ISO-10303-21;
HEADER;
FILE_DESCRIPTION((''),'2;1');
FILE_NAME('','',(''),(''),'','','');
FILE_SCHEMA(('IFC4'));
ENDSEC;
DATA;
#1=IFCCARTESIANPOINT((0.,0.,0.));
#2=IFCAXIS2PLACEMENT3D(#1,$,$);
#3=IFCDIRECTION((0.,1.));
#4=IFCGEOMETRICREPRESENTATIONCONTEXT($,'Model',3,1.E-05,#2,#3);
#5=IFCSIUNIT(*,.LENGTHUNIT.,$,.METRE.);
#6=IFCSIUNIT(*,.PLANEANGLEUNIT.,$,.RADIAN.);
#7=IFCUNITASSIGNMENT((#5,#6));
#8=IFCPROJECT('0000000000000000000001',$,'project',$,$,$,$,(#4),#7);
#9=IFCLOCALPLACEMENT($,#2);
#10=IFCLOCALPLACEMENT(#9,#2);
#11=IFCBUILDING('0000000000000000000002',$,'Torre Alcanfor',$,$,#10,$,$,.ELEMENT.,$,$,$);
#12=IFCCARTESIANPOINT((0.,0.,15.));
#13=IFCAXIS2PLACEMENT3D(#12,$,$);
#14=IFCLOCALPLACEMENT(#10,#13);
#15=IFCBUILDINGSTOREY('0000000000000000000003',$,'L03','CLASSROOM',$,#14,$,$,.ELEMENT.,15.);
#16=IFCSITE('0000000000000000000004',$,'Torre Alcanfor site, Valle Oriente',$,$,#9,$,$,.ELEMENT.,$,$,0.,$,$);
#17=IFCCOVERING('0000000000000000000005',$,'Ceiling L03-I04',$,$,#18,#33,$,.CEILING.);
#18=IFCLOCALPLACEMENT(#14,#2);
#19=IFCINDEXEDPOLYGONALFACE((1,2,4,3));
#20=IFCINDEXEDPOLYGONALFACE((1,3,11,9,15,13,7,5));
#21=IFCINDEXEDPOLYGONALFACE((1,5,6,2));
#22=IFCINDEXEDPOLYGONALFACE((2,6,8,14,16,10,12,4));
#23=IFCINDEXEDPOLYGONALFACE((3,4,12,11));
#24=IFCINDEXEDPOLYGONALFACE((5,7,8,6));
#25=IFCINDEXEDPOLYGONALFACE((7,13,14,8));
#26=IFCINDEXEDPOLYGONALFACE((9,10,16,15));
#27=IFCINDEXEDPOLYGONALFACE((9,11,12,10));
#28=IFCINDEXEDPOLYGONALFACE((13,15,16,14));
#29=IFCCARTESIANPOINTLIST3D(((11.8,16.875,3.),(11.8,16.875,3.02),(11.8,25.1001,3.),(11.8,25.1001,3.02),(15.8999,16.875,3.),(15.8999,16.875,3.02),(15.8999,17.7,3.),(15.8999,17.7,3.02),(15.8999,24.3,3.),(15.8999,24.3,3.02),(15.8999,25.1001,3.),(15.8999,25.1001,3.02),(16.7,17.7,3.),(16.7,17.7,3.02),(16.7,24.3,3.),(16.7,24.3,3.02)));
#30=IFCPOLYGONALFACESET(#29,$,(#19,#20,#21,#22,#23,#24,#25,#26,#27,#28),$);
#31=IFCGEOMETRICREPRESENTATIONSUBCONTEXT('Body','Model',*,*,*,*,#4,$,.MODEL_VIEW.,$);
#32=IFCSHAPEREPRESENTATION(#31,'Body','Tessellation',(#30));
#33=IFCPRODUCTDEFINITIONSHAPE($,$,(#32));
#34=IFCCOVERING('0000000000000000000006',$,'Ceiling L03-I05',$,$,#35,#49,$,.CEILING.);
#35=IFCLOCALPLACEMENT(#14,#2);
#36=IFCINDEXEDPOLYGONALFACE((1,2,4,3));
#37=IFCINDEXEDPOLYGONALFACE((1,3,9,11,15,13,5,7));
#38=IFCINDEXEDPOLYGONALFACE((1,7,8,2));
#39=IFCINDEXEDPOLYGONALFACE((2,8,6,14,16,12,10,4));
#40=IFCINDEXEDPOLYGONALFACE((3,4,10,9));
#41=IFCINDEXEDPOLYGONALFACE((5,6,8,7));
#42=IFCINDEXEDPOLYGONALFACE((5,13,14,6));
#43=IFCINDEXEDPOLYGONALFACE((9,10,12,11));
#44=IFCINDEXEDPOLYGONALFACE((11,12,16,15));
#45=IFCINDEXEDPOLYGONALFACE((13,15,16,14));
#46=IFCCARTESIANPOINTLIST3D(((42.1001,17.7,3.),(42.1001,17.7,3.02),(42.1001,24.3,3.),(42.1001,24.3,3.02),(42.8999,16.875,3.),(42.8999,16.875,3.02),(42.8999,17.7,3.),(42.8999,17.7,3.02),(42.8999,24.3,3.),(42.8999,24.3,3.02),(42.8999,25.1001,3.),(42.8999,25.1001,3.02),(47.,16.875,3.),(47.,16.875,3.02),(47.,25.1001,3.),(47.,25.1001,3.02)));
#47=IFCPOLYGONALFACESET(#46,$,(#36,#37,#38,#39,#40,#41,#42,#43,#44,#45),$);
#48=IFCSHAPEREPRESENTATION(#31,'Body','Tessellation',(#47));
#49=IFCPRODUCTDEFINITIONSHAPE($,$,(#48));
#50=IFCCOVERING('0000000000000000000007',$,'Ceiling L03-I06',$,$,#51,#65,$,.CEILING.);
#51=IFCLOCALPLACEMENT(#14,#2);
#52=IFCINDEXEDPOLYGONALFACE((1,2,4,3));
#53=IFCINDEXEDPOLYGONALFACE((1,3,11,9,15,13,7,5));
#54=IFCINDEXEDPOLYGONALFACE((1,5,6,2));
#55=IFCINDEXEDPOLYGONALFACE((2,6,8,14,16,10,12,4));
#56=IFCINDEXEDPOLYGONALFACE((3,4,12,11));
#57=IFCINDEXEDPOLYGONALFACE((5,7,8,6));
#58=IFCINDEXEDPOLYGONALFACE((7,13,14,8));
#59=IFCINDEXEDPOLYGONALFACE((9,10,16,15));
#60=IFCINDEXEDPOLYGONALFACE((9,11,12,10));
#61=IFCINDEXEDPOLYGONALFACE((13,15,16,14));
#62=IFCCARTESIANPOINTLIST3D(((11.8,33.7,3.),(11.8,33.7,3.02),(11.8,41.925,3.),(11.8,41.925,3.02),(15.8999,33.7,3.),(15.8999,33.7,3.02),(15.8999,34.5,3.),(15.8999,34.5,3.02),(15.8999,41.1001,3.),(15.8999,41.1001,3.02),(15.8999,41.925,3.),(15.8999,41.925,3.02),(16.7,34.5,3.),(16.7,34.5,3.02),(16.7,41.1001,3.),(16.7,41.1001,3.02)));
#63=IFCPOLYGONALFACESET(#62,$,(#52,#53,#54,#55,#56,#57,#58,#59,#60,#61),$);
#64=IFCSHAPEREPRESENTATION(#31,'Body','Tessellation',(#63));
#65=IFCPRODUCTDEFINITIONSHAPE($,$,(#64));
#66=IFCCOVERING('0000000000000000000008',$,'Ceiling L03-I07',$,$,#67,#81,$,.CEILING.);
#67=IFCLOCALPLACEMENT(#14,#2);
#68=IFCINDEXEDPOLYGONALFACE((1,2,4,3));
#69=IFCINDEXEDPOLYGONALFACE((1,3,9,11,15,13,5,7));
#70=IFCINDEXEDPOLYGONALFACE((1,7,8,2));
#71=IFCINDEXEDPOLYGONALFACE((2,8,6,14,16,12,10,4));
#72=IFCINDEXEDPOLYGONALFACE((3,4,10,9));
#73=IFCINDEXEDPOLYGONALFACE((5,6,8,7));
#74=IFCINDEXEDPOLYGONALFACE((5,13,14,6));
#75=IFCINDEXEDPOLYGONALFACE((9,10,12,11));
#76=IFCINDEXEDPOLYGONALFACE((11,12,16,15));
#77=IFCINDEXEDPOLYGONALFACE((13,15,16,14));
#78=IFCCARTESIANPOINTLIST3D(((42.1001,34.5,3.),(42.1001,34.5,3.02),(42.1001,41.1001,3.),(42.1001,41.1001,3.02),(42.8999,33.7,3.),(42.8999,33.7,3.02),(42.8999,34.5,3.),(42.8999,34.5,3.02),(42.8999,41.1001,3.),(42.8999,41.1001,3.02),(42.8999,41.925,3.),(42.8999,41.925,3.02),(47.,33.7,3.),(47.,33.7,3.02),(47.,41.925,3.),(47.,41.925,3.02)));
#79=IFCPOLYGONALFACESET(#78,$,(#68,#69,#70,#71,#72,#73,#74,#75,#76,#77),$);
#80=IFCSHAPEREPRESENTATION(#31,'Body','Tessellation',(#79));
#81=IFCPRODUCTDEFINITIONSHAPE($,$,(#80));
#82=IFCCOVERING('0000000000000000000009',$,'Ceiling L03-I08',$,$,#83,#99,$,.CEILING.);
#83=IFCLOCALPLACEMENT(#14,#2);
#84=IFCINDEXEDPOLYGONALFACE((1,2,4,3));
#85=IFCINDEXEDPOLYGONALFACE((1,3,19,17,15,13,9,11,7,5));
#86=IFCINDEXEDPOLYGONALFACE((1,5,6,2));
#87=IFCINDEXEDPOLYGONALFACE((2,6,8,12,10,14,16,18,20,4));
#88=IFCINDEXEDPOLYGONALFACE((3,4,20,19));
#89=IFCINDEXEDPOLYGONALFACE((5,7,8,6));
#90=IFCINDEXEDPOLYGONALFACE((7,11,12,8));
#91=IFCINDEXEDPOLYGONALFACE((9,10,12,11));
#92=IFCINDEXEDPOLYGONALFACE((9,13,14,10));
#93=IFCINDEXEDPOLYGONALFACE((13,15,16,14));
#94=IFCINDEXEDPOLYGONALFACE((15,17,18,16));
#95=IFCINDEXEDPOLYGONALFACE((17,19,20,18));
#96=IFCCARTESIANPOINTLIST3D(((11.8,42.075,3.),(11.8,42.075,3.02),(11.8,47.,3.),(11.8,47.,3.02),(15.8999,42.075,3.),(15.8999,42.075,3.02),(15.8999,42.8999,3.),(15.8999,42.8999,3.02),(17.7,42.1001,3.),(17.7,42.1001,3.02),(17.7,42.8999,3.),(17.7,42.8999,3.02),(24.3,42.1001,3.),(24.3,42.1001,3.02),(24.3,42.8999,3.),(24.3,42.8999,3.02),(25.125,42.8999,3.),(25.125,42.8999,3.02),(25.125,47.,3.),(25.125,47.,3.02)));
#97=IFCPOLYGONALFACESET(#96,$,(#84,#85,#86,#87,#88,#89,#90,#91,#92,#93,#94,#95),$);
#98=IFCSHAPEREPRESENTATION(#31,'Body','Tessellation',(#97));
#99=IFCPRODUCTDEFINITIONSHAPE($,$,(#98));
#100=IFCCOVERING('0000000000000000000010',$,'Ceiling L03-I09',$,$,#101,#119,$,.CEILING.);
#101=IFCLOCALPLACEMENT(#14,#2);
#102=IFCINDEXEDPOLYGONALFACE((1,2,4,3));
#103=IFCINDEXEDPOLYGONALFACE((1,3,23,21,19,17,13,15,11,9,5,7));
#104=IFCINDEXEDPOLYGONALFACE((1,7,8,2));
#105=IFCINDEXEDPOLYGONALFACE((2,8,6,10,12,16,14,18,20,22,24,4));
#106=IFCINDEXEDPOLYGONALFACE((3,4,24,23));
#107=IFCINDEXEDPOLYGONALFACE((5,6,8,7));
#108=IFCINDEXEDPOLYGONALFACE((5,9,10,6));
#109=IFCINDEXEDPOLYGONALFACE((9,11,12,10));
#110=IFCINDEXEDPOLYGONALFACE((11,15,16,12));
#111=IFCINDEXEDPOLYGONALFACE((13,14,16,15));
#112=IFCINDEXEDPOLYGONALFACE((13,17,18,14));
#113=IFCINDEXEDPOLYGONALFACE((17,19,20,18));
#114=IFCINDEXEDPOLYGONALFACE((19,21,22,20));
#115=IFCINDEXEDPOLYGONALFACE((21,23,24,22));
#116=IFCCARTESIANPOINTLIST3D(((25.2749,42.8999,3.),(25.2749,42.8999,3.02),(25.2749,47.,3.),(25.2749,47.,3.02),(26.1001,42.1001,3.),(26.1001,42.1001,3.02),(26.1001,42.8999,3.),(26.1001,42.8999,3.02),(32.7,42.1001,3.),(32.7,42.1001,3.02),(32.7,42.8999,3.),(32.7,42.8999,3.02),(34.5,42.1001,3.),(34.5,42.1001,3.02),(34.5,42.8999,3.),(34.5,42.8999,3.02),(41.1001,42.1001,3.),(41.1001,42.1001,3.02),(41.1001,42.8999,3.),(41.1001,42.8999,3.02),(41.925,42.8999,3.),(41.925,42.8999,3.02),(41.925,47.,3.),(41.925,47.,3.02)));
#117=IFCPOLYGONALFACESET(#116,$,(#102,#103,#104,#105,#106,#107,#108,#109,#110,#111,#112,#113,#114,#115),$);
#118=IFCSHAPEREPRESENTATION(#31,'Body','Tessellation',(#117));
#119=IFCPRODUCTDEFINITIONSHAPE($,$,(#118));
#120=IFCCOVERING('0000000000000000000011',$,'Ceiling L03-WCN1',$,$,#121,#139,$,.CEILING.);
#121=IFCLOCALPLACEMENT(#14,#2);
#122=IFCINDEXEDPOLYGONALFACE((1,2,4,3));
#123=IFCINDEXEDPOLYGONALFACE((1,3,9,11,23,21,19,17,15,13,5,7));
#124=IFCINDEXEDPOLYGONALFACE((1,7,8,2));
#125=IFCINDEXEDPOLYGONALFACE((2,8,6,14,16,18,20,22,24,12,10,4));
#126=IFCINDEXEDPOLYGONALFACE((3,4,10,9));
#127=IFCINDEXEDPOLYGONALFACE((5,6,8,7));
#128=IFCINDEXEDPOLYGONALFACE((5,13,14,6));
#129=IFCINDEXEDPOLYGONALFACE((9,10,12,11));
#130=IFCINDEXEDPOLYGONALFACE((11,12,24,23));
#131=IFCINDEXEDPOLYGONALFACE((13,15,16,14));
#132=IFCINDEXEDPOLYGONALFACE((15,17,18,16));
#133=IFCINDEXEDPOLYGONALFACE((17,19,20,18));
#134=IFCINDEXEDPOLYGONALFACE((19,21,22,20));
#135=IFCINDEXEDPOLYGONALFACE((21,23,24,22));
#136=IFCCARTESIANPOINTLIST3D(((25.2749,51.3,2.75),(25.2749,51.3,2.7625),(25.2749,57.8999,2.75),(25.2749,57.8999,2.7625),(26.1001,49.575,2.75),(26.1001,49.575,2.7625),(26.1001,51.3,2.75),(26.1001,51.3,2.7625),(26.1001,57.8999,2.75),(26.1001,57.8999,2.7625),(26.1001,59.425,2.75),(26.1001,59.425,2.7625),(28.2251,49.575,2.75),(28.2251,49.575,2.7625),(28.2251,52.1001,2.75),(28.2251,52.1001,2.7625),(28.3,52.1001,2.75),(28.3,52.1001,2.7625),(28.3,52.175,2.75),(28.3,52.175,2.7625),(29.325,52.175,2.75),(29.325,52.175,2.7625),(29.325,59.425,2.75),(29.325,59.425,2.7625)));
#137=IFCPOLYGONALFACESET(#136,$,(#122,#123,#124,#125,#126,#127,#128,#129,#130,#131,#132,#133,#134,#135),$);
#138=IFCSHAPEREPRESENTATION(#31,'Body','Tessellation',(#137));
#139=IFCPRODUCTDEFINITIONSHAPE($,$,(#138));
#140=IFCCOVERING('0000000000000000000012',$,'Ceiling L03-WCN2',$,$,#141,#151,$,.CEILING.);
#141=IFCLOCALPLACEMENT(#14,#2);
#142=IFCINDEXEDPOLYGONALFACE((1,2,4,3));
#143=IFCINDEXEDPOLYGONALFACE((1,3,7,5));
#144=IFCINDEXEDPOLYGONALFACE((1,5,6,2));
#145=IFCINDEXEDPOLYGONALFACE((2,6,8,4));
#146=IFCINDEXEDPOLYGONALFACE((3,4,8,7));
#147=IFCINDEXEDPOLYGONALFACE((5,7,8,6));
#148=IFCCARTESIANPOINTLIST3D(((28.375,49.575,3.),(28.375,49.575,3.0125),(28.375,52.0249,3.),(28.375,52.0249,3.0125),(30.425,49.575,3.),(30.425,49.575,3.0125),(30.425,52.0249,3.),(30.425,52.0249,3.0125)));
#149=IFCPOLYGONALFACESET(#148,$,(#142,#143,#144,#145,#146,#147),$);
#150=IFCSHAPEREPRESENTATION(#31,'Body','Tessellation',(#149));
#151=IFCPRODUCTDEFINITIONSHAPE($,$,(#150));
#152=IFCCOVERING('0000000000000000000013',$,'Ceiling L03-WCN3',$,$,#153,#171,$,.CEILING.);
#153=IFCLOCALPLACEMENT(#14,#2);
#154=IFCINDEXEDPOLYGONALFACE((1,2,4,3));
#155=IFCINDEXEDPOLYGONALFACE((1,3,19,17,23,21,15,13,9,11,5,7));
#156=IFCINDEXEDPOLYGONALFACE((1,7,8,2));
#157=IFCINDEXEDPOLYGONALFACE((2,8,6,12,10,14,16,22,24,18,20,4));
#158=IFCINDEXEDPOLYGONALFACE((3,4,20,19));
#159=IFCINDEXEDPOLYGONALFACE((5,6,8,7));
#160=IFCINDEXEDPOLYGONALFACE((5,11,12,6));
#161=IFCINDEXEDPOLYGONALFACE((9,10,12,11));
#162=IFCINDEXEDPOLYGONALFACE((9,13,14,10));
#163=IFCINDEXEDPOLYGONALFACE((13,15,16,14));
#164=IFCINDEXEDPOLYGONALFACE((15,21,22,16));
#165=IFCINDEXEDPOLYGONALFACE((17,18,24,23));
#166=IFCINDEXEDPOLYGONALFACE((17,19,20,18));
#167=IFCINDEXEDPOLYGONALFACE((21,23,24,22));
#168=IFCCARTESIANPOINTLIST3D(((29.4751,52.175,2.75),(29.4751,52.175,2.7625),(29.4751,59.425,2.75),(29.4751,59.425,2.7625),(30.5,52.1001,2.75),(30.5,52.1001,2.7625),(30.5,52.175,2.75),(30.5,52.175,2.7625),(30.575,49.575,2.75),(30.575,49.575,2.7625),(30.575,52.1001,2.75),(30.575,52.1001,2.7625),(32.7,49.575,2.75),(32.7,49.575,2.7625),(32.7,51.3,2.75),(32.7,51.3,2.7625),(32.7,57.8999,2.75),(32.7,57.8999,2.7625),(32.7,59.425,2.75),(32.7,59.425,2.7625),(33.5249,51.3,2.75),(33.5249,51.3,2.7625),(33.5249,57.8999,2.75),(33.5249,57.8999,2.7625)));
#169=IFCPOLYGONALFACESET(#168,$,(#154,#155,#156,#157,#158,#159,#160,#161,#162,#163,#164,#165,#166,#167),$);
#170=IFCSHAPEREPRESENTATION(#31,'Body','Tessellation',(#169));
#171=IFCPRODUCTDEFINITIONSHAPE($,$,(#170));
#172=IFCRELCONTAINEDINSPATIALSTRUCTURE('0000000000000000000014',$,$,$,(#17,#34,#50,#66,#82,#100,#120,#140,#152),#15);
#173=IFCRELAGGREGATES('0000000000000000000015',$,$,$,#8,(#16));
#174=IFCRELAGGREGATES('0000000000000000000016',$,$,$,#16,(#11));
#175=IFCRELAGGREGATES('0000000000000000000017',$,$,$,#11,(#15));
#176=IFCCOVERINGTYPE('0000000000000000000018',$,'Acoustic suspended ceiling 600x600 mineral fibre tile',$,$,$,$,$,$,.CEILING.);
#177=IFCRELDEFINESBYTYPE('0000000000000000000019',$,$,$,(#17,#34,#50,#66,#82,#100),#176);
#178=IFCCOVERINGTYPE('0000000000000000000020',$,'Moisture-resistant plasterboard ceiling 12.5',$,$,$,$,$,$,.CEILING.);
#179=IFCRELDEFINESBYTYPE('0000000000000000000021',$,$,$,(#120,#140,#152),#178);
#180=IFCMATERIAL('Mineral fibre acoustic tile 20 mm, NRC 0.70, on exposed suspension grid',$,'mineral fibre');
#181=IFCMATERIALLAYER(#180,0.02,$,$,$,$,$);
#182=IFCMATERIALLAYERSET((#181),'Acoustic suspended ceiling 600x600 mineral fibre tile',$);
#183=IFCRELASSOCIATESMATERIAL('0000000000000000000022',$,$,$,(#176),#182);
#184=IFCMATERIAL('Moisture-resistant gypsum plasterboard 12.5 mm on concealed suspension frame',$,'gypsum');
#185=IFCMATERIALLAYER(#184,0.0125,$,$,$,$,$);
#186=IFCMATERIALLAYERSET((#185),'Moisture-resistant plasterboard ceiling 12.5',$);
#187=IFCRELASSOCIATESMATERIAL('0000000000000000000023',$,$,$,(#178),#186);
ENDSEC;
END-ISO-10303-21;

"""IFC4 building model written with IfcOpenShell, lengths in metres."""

from ifc_helpers import new_model, si_unit, direction, frame, origin, place, context, subcontext, project, spatial, polyline, outline, extrude, material, layer, layer_set, type_object, element, save


model = new_model("IFC4")

# Units and contexts
model_context = context("Model", 3, precision=1e-05, world=origin(), true_north=direction((0.0, 1.0)))
body_context = subcontext(model_context, "Body", "Model", "MODEL_VIEW")
ifc_project = project(units=[si_unit("LENGTHUNIT", "METRE"), si_unit("PLANEANGLEUNIT", "RADIAN")], contexts=[model_context])

# Site, building, storey
site_placement = place(None, origin())
site = spatial("IfcSite", under=ifc_project, at=site_placement, Name="Torre Alcanfor site, Valle Oriente", CompositionType="ELEMENT", RefElevation=0.0)
building_placement = place(site_placement, origin())
building = spatial("IfcBuilding", under=site, at=building_placement, Name="Torre Alcanfor", CompositionType="ELEMENT")
storey_placement = place(building_placement, frame((0.0, 0.0, 15.0)))
storey = spatial("IfcBuildingStorey", under=building, at=storey_placement, Name="L03", Description="CLASSROOM", CompositionType="ELEMENT", Elevation=15.0)

# Coverings
ifc_material_1 = material(Name="Mineral fibre acoustic tile 20 mm, NRC 0.70, on exposed suspension grid", Category="mineral fibre")
ifc_layer_1 = layer(ifc_material_1, 0.02)
ifc_layer_set_1 = layer_set([ifc_layer_1], Name="Acoustic suspended ceiling 600x600 mineral fibre tile")
covering_type_1 = type_object("IfcCoveringType", Name="Acoustic suspended ceiling 600x600 mineral fibre tile", PredefinedType="CEILING", material=ifc_layer_set_1)
covering_1_placement = place(storey_placement, frame((0.0, 0.0, 3.0)))
element("IfcCovering", 1, at=covering_1_placement, inside=storey, type_object=covering_type_1, Name="Ceiling L03-I04", PredefinedType="CEILING", context=body_context, shape_type="SweptSolid", body=[
    extrude(outline(polyline([(16.7, 24.3), (15.8999, 24.3), (15.8999, 25.1001), (11.8, 25.1001), (11.8, 16.875), (15.8999, 16.875), (15.8999, 17.7), (16.7, 17.7), (16.7, 24.3)])), origin(), (0.0, 0.0, 1.0), 0.02),
])
covering_2_placement = place(storey_placement, frame((0.0, 0.0, 3.0)))
element("IfcCovering", 2, at=covering_2_placement, inside=storey, type_object=covering_type_1, Name="Ceiling L03-I05", PredefinedType="CEILING", context=body_context, shape_type="SweptSolid", body=[
    extrude(outline(polyline([(42.8999, 25.1001), (42.8999, 24.3), (42.1001, 24.3), (42.1001, 17.7), (42.8999, 17.7), (42.8999, 16.875), (47.0, 16.875), (47.0, 25.1001), (42.8999, 25.1001)])), origin(), (0.0, 0.0, 1.0), 0.02),
])
covering_3_placement = place(storey_placement, frame((0.0, 0.0, 3.0)))
element("IfcCovering", 3, at=covering_3_placement, inside=storey, type_object=covering_type_1, Name="Ceiling L03-I06", PredefinedType="CEILING", context=body_context, shape_type="SweptSolid", body=[
    extrude(outline(polyline([(15.8999, 33.7), (15.8999, 34.5), (16.7, 34.5), (16.7, 41.1001), (15.8999, 41.1001), (15.8999, 41.925), (11.8, 41.925), (11.8, 33.7), (15.8999, 33.7)])), origin(), (0.0, 0.0, 1.0), 0.02),
])
covering_4_placement = place(storey_placement, frame((0.0, 0.0, 3.0)))
element("IfcCovering", 4, at=covering_4_placement, inside=storey, type_object=covering_type_1, Name="Ceiling L03-I07", PredefinedType="CEILING", context=body_context, shape_type="SweptSolid", body=[
    extrude(outline(polyline([(42.1001, 34.5), (42.8999, 34.5), (42.8999, 33.7), (47.0, 33.7), (47.0, 41.925), (42.8999, 41.925), (42.8999, 41.1001), (42.1001, 41.1001), (42.1001, 34.5)])), origin(), (0.0, 0.0, 1.0), 0.02),
])
covering_5_placement = place(storey_placement, frame((0.0, 0.0, 3.0)))
element("IfcCovering", 5, at=covering_5_placement, inside=storey, type_object=covering_type_1, Name="Ceiling L03-I08", PredefinedType="CEILING", context=body_context, shape_type="SweptSolid", body=[
    extrude(outline(polyline([(24.3, 42.1001), (24.3, 42.8999), (25.125, 42.8999), (25.125, 47.0), (11.8, 47.0), (11.8, 42.075), (15.8999, 42.075), (15.8999, 42.8999), (17.7, 42.8999), (17.7, 42.1001), (24.3, 42.1001)])), origin(), (0.0, 0.0, 1.0), 0.02),
])
covering_6_placement = place(storey_placement, frame((0.0, 0.0, 3.0)))
element("IfcCovering", 6, at=covering_6_placement, inside=storey, type_object=covering_type_1, Name="Ceiling L03-I09", PredefinedType="CEILING", context=body_context, shape_type="SweptSolid", body=[
    extrude(outline(polyline([(41.1001, 42.1001), (41.1001, 42.8999), (41.925, 42.8999), (41.925, 47.0), (25.2749, 47.0), (25.2749, 42.8999), (26.1001, 42.8999), (26.1001, 42.1001), (32.7, 42.1001), (32.7, 42.8999), (34.5, 42.8999), (34.5, 42.1001), (41.1001, 42.1001)])), origin(), (0.0, 0.0, 1.0), 0.02),
])
ifc_material_2 = material(Name="Moisture-resistant gypsum plasterboard 12.5 mm on concealed suspension frame", Category="gypsum")
ifc_layer_2 = layer(ifc_material_2, 0.0125)
ifc_layer_set_2 = layer_set([ifc_layer_2], Name="Moisture-resistant plasterboard ceiling 12.5")
covering_type_2 = type_object("IfcCoveringType", Name="Moisture-resistant plasterboard ceiling 12.5", PredefinedType="CEILING", material=ifc_layer_set_2)
covering_7_placement = place(storey_placement, frame((0.0, 0.0, 2.75)))
element("IfcCovering", 7, at=covering_7_placement, inside=storey, type_object=covering_type_2, Name="Ceiling L03-WCN1", PredefinedType="CEILING", context=body_context, shape_type="SweptSolid", body=[
    extrude(outline(polyline([(25.2749, 51.3), (26.1001, 51.3), (26.1001, 49.575), (28.2251, 49.575), (28.2251, 52.1001), (28.3, 52.1001), (28.3, 52.175), (29.325, 52.175), (29.325, 59.425), (26.1001, 59.425), (26.1001, 57.8999), (25.2749, 57.8999), (25.2749, 51.3)])), origin(), (0.0, 0.0, 1.0), 0.0125),
])
covering_8_placement = place(storey_placement, frame((0.0, 0.0, 3.0)))
element("IfcCovering", 8, at=covering_8_placement, inside=storey, type_object=covering_type_2, Name="Ceiling L03-WCN2", PredefinedType="CEILING", context=body_context, shape_type="SweptSolid", body=[
    extrude(outline(polyline([(30.425, 52.0249), (28.375, 52.0249), (28.375, 49.575), (30.425, 49.575), (30.425, 52.0249)])), origin(), (0.0, 0.0, 1.0), 0.0125),
])
covering_9_placement = place(storey_placement, frame((0.0, 0.0, 2.75)))
element("IfcCovering", 9, at=covering_9_placement, inside=storey, type_object=covering_type_2, Name="Ceiling L03-WCN3", PredefinedType="CEILING", context=body_context, shape_type="SweptSolid", body=[
    extrude(outline(polyline([(33.5249, 57.8999), (32.7, 57.8999), (32.7, 59.425), (29.4751, 59.425), (29.4751, 52.175), (30.5, 52.175), (30.5, 52.1001), (30.575, 52.1001), (30.575, 49.575), (32.7, 49.575), (32.7, 51.3), (33.5249, 51.3), (33.5249, 57.8999)])), origin(), (0.0, 0.0, 1.0), 0.0125),
])

save(model, "model.ifc")
